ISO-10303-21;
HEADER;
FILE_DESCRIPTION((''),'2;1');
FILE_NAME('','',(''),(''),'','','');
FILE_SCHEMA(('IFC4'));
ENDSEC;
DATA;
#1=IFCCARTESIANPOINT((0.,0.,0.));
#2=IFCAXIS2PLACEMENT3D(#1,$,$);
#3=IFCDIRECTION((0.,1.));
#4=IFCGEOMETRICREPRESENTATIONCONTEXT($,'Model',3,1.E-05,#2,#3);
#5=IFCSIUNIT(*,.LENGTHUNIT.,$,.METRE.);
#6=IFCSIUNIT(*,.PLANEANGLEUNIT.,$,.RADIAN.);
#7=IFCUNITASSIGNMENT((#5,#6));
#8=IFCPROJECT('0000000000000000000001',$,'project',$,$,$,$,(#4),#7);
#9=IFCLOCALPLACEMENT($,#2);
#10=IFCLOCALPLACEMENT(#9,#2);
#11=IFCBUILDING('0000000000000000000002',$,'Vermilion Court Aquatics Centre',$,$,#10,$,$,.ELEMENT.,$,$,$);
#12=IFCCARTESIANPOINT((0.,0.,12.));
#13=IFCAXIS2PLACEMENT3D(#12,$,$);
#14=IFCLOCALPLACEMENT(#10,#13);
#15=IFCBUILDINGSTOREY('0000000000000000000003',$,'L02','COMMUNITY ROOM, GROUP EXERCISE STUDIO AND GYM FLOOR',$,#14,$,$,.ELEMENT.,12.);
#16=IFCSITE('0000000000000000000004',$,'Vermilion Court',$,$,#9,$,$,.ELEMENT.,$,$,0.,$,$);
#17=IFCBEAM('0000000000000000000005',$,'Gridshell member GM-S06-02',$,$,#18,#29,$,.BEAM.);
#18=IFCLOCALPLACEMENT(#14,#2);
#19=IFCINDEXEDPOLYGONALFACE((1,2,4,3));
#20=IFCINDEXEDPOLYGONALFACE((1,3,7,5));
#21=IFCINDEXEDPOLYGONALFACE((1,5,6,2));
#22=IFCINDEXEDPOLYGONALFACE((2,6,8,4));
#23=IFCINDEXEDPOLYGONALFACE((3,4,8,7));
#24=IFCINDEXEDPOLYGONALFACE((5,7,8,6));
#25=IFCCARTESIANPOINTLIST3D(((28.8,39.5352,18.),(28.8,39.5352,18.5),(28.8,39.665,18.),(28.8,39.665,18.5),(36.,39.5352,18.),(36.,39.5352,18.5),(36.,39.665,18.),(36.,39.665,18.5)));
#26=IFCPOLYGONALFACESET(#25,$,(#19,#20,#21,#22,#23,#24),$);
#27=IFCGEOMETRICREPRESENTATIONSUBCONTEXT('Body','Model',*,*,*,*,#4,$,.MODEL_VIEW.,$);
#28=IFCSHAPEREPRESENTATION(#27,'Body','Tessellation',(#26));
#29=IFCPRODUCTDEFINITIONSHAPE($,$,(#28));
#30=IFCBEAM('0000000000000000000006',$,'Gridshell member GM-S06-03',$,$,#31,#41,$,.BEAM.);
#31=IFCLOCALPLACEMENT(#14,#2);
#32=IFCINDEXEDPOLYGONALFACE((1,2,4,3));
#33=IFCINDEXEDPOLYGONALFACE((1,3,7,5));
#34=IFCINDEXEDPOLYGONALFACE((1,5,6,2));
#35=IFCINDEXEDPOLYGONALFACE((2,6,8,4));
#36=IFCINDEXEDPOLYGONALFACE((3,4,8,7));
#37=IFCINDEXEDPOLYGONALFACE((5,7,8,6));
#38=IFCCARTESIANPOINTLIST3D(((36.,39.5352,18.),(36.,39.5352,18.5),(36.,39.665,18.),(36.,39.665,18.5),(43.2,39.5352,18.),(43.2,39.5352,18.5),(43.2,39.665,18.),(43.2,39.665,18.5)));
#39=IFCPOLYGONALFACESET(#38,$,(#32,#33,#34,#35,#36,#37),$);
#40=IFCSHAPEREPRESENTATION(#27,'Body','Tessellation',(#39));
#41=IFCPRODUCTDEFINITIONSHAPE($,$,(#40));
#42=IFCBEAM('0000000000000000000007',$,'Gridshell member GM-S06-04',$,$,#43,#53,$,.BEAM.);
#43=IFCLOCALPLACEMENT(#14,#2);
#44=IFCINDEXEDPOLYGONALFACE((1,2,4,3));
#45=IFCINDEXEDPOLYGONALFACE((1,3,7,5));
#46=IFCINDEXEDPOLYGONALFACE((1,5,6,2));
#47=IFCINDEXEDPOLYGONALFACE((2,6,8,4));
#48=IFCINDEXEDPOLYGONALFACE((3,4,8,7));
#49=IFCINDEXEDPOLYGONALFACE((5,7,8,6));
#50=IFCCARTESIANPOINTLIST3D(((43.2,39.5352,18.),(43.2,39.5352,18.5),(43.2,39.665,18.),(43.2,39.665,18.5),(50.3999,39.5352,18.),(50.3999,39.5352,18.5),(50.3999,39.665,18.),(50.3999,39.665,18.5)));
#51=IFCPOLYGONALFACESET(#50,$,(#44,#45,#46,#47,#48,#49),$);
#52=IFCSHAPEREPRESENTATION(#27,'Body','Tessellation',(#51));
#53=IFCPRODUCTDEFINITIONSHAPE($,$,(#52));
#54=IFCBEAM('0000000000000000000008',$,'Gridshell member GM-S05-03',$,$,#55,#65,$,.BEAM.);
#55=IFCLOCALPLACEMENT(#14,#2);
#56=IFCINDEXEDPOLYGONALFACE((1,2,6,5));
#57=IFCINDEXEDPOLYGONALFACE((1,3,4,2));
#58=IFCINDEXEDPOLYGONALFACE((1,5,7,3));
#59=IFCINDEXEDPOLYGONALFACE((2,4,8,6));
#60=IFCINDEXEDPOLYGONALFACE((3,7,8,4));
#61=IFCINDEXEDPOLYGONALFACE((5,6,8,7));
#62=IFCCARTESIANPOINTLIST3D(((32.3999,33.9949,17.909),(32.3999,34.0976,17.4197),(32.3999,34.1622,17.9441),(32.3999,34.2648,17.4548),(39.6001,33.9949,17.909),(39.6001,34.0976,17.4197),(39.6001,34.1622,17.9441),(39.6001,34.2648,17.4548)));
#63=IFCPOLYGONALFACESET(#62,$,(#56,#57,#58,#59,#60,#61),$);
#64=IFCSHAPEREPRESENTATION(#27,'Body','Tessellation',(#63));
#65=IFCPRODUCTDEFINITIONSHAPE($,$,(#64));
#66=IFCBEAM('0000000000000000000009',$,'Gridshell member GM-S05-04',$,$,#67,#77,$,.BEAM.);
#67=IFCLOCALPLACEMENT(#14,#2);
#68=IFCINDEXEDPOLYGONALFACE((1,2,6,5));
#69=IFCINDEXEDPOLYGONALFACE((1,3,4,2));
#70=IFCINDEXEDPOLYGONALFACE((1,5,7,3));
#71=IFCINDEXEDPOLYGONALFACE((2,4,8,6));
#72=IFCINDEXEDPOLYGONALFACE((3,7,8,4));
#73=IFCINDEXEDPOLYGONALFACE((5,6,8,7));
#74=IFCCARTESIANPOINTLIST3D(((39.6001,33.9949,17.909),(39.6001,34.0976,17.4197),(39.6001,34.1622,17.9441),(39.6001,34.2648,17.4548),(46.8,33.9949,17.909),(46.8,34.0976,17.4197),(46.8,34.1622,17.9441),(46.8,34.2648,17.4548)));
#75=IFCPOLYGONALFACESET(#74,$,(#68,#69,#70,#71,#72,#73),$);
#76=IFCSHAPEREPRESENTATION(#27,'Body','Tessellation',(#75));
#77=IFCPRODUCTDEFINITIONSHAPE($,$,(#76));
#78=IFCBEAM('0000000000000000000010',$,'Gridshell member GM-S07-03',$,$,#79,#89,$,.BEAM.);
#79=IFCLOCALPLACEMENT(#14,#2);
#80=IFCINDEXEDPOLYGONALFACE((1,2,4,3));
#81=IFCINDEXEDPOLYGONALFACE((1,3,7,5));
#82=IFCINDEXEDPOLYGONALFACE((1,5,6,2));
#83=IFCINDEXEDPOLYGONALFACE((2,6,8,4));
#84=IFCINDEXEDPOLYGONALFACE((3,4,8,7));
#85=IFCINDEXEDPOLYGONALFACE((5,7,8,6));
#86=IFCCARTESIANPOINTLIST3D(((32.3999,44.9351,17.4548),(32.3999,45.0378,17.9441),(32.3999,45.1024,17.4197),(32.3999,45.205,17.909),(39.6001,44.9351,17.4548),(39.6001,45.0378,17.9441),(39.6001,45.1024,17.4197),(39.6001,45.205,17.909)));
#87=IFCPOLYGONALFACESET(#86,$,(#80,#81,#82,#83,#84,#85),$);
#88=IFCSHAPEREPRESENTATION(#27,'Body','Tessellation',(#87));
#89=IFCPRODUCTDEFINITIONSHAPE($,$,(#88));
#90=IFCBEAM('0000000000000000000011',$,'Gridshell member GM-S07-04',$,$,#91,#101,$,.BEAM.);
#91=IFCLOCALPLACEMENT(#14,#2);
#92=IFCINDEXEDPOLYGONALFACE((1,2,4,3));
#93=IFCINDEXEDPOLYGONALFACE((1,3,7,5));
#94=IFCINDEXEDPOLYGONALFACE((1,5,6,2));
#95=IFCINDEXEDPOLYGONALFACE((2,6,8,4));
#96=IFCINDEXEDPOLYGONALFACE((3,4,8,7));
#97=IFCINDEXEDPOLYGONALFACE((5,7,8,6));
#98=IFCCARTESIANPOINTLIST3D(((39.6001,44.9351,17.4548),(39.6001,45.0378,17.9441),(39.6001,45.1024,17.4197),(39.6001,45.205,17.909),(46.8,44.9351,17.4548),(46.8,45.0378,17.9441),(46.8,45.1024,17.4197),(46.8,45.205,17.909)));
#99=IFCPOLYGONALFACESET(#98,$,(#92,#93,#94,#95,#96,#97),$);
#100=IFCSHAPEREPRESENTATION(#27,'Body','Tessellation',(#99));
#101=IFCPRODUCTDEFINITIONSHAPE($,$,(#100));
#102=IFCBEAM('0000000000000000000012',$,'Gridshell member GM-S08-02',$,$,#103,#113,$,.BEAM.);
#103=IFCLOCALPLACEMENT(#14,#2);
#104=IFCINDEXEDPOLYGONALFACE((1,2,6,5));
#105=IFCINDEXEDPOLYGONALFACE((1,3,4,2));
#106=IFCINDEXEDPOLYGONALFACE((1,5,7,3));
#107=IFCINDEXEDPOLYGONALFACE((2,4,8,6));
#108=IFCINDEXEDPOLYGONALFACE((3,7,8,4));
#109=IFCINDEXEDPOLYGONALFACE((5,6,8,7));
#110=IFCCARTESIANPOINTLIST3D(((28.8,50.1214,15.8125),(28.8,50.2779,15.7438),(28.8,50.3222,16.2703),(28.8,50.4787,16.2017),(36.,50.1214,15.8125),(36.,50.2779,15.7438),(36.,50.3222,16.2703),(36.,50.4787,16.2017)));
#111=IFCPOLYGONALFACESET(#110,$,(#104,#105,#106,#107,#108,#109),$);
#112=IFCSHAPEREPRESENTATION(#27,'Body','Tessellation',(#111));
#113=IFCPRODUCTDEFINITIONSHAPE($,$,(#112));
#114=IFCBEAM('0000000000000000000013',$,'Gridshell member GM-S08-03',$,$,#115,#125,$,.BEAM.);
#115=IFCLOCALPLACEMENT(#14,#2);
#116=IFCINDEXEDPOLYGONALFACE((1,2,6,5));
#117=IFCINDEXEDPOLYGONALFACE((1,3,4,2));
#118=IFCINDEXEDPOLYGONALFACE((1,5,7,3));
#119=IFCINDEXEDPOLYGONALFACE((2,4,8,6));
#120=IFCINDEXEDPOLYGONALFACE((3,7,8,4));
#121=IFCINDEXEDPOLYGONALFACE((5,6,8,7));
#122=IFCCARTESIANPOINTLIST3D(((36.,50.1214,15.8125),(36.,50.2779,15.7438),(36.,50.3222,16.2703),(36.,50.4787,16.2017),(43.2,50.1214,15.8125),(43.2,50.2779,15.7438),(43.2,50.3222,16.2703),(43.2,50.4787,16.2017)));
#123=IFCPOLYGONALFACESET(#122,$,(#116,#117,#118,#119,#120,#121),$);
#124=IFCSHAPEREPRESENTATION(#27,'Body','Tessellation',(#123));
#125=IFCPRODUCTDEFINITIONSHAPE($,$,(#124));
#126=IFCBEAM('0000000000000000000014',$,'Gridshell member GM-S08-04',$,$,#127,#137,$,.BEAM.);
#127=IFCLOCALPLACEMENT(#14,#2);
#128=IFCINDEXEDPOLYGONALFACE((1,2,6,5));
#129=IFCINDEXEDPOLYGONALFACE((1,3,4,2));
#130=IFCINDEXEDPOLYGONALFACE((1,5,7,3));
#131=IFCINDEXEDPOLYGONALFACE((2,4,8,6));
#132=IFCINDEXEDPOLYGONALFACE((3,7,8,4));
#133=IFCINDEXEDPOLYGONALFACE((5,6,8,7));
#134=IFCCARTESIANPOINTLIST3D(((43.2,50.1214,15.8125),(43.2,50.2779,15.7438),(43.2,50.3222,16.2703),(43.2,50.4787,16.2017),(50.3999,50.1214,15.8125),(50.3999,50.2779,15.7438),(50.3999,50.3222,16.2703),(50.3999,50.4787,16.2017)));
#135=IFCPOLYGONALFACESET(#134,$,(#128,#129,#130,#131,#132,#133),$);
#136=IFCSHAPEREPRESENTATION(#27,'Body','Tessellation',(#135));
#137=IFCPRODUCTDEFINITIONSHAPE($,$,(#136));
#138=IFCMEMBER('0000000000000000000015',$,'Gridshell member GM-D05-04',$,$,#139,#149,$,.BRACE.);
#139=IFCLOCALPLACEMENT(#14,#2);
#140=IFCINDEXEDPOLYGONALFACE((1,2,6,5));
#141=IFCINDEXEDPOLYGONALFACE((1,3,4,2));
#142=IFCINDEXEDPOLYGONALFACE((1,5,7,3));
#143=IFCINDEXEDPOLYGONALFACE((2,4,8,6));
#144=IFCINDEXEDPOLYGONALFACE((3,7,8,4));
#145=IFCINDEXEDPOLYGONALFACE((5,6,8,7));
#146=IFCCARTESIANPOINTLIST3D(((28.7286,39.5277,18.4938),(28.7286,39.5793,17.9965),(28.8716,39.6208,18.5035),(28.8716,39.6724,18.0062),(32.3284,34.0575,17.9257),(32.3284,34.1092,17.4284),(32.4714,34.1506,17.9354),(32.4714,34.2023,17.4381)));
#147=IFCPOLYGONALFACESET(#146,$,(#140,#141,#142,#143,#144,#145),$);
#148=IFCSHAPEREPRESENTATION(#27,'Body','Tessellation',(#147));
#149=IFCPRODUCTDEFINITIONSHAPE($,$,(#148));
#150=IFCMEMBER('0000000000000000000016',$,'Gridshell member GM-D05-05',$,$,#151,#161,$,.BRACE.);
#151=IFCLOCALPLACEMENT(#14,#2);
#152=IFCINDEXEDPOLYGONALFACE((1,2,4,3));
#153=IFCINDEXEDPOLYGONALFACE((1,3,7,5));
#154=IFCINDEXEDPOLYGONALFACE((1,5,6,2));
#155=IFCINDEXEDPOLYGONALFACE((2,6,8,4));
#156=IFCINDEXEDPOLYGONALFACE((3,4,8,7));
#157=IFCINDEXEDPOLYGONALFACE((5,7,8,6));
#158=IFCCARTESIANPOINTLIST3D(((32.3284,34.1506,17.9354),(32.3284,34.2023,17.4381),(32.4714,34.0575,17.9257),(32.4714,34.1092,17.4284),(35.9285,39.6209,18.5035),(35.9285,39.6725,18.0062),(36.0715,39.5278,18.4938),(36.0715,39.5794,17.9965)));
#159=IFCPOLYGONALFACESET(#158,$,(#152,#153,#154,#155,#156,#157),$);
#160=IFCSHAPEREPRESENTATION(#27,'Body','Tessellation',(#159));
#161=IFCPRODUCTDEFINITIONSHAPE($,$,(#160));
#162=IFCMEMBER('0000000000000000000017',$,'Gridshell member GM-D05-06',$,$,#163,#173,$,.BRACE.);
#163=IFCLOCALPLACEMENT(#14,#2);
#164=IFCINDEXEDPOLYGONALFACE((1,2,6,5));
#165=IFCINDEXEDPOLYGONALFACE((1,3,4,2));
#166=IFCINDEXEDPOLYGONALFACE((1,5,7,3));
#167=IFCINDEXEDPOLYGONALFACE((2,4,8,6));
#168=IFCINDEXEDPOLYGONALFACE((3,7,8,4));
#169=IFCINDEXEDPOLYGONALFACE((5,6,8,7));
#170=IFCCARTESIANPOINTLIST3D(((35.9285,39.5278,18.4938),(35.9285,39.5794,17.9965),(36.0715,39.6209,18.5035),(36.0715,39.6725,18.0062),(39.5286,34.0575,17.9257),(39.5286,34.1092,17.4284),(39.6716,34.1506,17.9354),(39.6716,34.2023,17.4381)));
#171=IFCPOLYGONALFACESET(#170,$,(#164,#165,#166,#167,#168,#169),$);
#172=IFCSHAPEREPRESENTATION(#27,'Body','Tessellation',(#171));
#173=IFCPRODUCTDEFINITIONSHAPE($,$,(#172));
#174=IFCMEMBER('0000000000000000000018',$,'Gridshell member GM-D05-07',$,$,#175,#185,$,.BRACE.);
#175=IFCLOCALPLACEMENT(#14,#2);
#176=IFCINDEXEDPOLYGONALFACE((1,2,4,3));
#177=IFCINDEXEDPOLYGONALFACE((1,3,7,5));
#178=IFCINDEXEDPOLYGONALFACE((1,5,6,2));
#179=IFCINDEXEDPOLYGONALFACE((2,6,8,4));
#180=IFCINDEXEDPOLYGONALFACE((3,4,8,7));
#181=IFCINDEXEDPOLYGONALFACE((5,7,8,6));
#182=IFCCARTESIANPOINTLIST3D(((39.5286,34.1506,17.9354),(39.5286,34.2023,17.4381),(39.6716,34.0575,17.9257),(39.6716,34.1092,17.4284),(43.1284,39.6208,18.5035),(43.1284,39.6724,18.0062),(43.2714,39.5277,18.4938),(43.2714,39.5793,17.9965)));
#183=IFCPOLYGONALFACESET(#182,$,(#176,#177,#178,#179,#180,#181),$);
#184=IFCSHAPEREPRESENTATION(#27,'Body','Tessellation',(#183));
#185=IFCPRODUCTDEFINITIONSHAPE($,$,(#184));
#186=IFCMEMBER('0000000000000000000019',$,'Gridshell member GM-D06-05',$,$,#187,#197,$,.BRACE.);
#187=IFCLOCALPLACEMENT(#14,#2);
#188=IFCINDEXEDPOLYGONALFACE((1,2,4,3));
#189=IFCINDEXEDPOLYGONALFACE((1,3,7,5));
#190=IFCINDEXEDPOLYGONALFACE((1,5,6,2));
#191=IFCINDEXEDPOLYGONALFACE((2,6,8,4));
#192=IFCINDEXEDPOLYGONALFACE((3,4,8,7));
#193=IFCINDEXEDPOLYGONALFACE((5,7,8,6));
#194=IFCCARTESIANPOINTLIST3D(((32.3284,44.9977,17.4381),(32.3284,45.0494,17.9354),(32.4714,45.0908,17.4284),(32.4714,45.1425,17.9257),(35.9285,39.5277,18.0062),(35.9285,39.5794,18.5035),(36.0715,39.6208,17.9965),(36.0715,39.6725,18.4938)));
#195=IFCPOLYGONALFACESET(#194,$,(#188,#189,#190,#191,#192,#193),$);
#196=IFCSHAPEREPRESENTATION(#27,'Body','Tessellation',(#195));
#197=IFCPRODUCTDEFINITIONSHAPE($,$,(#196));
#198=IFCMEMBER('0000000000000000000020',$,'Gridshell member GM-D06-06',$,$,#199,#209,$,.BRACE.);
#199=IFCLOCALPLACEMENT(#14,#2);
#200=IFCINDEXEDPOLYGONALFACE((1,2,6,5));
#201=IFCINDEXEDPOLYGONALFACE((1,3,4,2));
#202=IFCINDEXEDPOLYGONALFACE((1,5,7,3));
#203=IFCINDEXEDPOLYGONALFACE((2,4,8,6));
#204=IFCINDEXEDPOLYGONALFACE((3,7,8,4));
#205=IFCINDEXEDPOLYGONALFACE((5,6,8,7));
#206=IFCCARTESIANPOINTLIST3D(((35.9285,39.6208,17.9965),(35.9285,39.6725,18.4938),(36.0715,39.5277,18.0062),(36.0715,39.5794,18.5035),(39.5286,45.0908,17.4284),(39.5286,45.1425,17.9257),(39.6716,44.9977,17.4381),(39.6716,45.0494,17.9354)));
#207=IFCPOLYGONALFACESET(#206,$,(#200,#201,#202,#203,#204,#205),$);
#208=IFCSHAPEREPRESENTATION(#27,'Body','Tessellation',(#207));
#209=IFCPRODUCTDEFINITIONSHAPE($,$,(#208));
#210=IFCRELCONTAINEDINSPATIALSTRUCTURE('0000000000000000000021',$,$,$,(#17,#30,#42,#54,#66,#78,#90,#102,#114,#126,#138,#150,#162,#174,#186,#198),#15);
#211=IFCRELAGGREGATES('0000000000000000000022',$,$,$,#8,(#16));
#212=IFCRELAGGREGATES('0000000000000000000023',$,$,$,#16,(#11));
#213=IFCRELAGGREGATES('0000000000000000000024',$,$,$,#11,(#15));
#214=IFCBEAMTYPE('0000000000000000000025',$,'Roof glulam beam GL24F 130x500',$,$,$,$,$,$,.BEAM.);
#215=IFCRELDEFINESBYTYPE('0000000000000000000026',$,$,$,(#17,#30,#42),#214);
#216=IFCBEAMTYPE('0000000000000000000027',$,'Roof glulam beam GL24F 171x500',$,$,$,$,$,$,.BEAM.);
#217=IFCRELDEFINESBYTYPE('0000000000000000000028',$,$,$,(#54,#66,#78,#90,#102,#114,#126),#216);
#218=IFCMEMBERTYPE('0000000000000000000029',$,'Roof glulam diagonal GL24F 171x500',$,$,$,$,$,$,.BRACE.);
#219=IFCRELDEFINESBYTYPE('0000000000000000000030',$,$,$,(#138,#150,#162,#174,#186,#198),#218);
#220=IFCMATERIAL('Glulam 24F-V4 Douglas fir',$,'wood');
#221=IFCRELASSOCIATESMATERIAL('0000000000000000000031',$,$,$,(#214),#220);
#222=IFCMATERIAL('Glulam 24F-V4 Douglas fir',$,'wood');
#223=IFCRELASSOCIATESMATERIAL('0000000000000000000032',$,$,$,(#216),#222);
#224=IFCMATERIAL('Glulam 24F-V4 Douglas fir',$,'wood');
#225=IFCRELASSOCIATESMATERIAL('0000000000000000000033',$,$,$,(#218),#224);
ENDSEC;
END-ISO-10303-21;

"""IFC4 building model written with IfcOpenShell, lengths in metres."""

from ifc_helpers import new_model, si_unit, direction, frame, origin, origin_2d, place, context, subcontext, project, spatial, rectangle, extrude, material, material_profile, profile_set, type_object, element, save


model = new_model("IFC4")

# Units and contexts
model_context = context("Model", 3, precision=1e-05, world=origin(), true_north=direction((0.0, 1.0)))
body_context = subcontext(model_context, "Body", "Model", "MODEL_VIEW")
ifc_project = project(units=[si_unit("LENGTHUNIT", "METRE"), si_unit("PLANEANGLEUNIT", "RADIAN")], contexts=[model_context])

# Site, building, storey
site_placement = place(None, origin())
site = spatial("IfcSite", under=ifc_project, at=site_placement, Name="Vermilion Court", CompositionType="ELEMENT", RefElevation=0.0)
building_placement = place(site_placement, origin())
building = spatial("IfcBuilding", under=site, at=building_placement, Name="Vermilion Court Aquatics Centre", CompositionType="ELEMENT")
storey_placement = place(building_placement, frame((0.0, 0.0, 12.0)))
storey = spatial("IfcBuildingStorey", under=building, at=storey_placement, Name="L02", Description="COMMUNITY ROOM, GROUP EXERCISE STUDIO AND GYM FLOOR", CompositionType="ELEMENT", Elevation=12.0)

# Beams
ifc_material_1 = material(Name="Glulam 24F-V4 Douglas fir", Category="wood")
ifc_material_profile_1 = material_profile(ifc_material_1, rectangle(XDim=0.1299, YDim=0.5, at=origin_2d()), Name="GL24F 130x500")
ifc_profile_set_1 = profile_set([ifc_material_profile_1], Name="Glulam 24F-V4 Douglas fir")
beam_type_1 = type_object("IfcBeamType", Name="Roof glulam beam GL24F 130x500", PredefinedType="BEAM", material=ifc_profile_set_1)
for number, where, z_axis, x_axis, name in (
    (1, (28.8, 39.6001, 18.25), (1.0, 0.0, 0.0), (0.0, 1.0, 0.0), "Gridshell member GM-S06-02"),
    (2, (36.0, 39.6001, 18.25), (1.0, 0.0, 0.0), (0.0, 1.0, 0.0), "Gridshell member GM-S06-03"),
    (3, (43.2, 39.6001, 18.25), (1.0, 0.0, 0.0), (0.0, 1.0, 0.0), "Gridshell member GM-S06-04"),
):
    element("IfcBeam", number, at=place(storey_placement, frame(where, z_axis=z_axis, x_axis=x_axis)), inside=storey, type_object=beam_type_1, Name=name, PredefinedType="BEAM", context=body_context, shape_type="SweptSolid", body=[
        extrude(rectangle(XDim=0.1299, YDim=0.5, at=origin_2d()), origin(), (0.0, 0.0, 1.0), 7.2),
    ])
ifc_material_2 = material(Name="Glulam 24F-V4 Douglas fir", Category="wood")
ifc_material_profile_2 = material_profile(ifc_material_2, rectangle(XDim=0.1709, YDim=0.5, at=origin_2d()), Name="GL24F 171x500")
ifc_profile_set_2 = profile_set([ifc_material_profile_2], Name="Glulam 24F-V4 Douglas fir")
beam_type_2 = type_object("IfcBeamType", Name="Roof glulam beam GL24F 171x500", PredefinedType="BEAM", material=ifc_profile_set_2)
beam_1_placement = place(storey_placement, frame((32.3999, 34.1299, 17.6819), z_axis=(1.0, 0.0, 0.0), x_axis=(0.0, 0.978692, 0.205333)))
element("IfcBeam", 4, at=beam_1_placement, inside=storey, type_object=beam_type_2, Name="Gridshell member GM-S05-03", PredefinedType="BEAM", context=body_context, shape_type="SweptSolid", body=[
    extrude(rectangle(XDim=0.1709, YDim=0.5, at=origin_2d()), origin(), (0.0, 0.0, 1.0), 7.2002),
])
beam_2_placement = place(storey_placement, frame((39.6001, 34.1299, 17.6819), z_axis=(1.0, 0.0, 0.0), x_axis=(0.0, 0.978692, 0.205333)))
element("IfcBeam", 5, at=beam_2_placement, inside=storey, type_object=beam_type_2, Name="Gridshell member GM-S05-04", PredefinedType="BEAM", context=body_context, shape_type="SweptSolid", body=[
    extrude(rectangle(XDim=0.1709, YDim=0.5, at=origin_2d()), origin(), (0.0, 0.0, 1.0), 7.2),
])
beam_3_placement = place(storey_placement, frame((32.3999, 45.0701, 17.6819), z_axis=(1.0, 0.0, 0.0), x_axis=(0.0, 0.978692, -0.205333)))
element("IfcBeam", 6, at=beam_3_placement, inside=storey, type_object=beam_type_2, Name="Gridshell member GM-S07-03", PredefinedType="BEAM", context=body_context, shape_type="SweptSolid", body=[
    extrude(rectangle(XDim=0.1709, YDim=0.5, at=origin_2d()), origin(), (0.0, 0.0, 1.0), 7.2002),
])
for number, where, z_axis, x_axis, name in (
    (7, (39.6001, 45.0701, 17.6819), (1.0, 0.0, 0.0), (0.0, 0.978692, -0.205333), "Gridshell member GM-S07-04"),
    (8, (28.8, 50.3, 16.0071), (1.0, 0.0, 0.0), (0.0, 0.915794, -0.401648), "Gridshell member GM-S08-02"),
    (9, (36.0, 50.3, 16.0071), (1.0, 0.0, 0.0), (0.0, 0.915794, -0.401648), "Gridshell member GM-S08-03"),
    (10, (43.2, 50.3, 16.0071), (1.0, 0.0, 0.0), (0.0, 0.915794, -0.401648), "Gridshell member GM-S08-04"),
):
    element("IfcBeam", number, at=place(storey_placement, frame(where, z_axis=z_axis, x_axis=x_axis)), inside=storey, type_object=beam_type_2, Name=name, PredefinedType="BEAM", context=body_context, shape_type="SweptSolid", body=[
        extrude(rectangle(XDim=0.1709, YDim=0.5, at=origin_2d()), origin(), (0.0, 0.0, 1.0), 7.2),
    ])

# Members
ifc_material_3 = material(Name="Glulam 24F-V4 Douglas fir", Category="wood")
ifc_material_profile_3 = material_profile(ifc_material_3, rectangle(XDim=0.1709, YDim=0.5, at=origin_2d()), Name="GL24F 171x500")
ifc_profile_set_3 = profile_set([ifc_material_profile_3], Name="Glulam 24F-V4 Douglas fir")
member_type_1 = type_object("IfcMemberType", Name="Roof glulam diagonal GL24F 171x500", PredefinedType="BRACE", material=ifc_profile_set_3)
member_1_placement = place(storey_placement, frame((32.3999, 34.1299, 17.6819), z_axis=(-0.547669, 0.832219, 0.086431), x_axis=(-0.836695, -0.544743, -0.056532)))
element("IfcMember", 11, at=member_1_placement, inside=storey, type_object=member_type_1, Name="Gridshell member GM-D05-04", PredefinedType="BRACE", context=body_context, shape_type="SweptSolid", body=[
    extrude(rectangle(XDim=0.1709, YDim=0.5, at=origin_2d()), origin(), (0.0, 0.0, 1.0), 6.573),
])
for number, where, z_axis, x_axis, name in (
    (12, (32.3999, 34.1299, 17.6819), (0.547695, 0.832202, 0.086429), (-0.836678, 0.54477, 0.056532), "Gridshell member GM-D05-05"),
    (13, (39.6001, 34.1299, 17.6819), (-0.547695, 0.832202, 0.086429), (-0.836678, -0.54477, -0.056532), "Gridshell member GM-D05-06"),
):
    element("IfcMember", number, at=place(storey_placement, frame(where, z_axis=z_axis, x_axis=x_axis)), inside=storey, type_object=member_type_1, Name=name, PredefinedType="BRACE", context=body_context, shape_type="SweptSolid", body=[
        extrude(rectangle(XDim=0.1709, YDim=0.5, at=origin_2d()), origin(), (0.0, 0.0, 1.0), 6.5732),
    ])
for number, where, z_axis, x_axis, name in (
    (14, (39.6001, 34.1299, 17.6819), (0.547669, 0.832219, 0.086431), (-0.836695, 0.544743, 0.056532), "Gridshell member GM-D05-07"),
    (15, (36.0, 39.6001, 18.25), (-0.547712, 0.832191, -0.086432), (-0.836667, -0.544787, 0.056532), "Gridshell member GM-D06-05"),
    (16, (36.0, 39.6001, 18.25), (0.547712, 0.832191, -0.086432), (-0.836667, 0.544787, -0.056532), "Gridshell member GM-D06-06"),
):
    element("IfcMember", number, at=place(storey_placement, frame(where, z_axis=z_axis, x_axis=x_axis)), inside=storey, type_object=member_type_1, Name=name, PredefinedType="BRACE", context=body_context, shape_type="SweptSolid", body=[
        extrude(rectangle(XDim=0.1709, YDim=0.5, at=origin_2d()), origin(), (0.0, 0.0, 1.0), 6.573),
    ])

save(model, "model.ifc")
